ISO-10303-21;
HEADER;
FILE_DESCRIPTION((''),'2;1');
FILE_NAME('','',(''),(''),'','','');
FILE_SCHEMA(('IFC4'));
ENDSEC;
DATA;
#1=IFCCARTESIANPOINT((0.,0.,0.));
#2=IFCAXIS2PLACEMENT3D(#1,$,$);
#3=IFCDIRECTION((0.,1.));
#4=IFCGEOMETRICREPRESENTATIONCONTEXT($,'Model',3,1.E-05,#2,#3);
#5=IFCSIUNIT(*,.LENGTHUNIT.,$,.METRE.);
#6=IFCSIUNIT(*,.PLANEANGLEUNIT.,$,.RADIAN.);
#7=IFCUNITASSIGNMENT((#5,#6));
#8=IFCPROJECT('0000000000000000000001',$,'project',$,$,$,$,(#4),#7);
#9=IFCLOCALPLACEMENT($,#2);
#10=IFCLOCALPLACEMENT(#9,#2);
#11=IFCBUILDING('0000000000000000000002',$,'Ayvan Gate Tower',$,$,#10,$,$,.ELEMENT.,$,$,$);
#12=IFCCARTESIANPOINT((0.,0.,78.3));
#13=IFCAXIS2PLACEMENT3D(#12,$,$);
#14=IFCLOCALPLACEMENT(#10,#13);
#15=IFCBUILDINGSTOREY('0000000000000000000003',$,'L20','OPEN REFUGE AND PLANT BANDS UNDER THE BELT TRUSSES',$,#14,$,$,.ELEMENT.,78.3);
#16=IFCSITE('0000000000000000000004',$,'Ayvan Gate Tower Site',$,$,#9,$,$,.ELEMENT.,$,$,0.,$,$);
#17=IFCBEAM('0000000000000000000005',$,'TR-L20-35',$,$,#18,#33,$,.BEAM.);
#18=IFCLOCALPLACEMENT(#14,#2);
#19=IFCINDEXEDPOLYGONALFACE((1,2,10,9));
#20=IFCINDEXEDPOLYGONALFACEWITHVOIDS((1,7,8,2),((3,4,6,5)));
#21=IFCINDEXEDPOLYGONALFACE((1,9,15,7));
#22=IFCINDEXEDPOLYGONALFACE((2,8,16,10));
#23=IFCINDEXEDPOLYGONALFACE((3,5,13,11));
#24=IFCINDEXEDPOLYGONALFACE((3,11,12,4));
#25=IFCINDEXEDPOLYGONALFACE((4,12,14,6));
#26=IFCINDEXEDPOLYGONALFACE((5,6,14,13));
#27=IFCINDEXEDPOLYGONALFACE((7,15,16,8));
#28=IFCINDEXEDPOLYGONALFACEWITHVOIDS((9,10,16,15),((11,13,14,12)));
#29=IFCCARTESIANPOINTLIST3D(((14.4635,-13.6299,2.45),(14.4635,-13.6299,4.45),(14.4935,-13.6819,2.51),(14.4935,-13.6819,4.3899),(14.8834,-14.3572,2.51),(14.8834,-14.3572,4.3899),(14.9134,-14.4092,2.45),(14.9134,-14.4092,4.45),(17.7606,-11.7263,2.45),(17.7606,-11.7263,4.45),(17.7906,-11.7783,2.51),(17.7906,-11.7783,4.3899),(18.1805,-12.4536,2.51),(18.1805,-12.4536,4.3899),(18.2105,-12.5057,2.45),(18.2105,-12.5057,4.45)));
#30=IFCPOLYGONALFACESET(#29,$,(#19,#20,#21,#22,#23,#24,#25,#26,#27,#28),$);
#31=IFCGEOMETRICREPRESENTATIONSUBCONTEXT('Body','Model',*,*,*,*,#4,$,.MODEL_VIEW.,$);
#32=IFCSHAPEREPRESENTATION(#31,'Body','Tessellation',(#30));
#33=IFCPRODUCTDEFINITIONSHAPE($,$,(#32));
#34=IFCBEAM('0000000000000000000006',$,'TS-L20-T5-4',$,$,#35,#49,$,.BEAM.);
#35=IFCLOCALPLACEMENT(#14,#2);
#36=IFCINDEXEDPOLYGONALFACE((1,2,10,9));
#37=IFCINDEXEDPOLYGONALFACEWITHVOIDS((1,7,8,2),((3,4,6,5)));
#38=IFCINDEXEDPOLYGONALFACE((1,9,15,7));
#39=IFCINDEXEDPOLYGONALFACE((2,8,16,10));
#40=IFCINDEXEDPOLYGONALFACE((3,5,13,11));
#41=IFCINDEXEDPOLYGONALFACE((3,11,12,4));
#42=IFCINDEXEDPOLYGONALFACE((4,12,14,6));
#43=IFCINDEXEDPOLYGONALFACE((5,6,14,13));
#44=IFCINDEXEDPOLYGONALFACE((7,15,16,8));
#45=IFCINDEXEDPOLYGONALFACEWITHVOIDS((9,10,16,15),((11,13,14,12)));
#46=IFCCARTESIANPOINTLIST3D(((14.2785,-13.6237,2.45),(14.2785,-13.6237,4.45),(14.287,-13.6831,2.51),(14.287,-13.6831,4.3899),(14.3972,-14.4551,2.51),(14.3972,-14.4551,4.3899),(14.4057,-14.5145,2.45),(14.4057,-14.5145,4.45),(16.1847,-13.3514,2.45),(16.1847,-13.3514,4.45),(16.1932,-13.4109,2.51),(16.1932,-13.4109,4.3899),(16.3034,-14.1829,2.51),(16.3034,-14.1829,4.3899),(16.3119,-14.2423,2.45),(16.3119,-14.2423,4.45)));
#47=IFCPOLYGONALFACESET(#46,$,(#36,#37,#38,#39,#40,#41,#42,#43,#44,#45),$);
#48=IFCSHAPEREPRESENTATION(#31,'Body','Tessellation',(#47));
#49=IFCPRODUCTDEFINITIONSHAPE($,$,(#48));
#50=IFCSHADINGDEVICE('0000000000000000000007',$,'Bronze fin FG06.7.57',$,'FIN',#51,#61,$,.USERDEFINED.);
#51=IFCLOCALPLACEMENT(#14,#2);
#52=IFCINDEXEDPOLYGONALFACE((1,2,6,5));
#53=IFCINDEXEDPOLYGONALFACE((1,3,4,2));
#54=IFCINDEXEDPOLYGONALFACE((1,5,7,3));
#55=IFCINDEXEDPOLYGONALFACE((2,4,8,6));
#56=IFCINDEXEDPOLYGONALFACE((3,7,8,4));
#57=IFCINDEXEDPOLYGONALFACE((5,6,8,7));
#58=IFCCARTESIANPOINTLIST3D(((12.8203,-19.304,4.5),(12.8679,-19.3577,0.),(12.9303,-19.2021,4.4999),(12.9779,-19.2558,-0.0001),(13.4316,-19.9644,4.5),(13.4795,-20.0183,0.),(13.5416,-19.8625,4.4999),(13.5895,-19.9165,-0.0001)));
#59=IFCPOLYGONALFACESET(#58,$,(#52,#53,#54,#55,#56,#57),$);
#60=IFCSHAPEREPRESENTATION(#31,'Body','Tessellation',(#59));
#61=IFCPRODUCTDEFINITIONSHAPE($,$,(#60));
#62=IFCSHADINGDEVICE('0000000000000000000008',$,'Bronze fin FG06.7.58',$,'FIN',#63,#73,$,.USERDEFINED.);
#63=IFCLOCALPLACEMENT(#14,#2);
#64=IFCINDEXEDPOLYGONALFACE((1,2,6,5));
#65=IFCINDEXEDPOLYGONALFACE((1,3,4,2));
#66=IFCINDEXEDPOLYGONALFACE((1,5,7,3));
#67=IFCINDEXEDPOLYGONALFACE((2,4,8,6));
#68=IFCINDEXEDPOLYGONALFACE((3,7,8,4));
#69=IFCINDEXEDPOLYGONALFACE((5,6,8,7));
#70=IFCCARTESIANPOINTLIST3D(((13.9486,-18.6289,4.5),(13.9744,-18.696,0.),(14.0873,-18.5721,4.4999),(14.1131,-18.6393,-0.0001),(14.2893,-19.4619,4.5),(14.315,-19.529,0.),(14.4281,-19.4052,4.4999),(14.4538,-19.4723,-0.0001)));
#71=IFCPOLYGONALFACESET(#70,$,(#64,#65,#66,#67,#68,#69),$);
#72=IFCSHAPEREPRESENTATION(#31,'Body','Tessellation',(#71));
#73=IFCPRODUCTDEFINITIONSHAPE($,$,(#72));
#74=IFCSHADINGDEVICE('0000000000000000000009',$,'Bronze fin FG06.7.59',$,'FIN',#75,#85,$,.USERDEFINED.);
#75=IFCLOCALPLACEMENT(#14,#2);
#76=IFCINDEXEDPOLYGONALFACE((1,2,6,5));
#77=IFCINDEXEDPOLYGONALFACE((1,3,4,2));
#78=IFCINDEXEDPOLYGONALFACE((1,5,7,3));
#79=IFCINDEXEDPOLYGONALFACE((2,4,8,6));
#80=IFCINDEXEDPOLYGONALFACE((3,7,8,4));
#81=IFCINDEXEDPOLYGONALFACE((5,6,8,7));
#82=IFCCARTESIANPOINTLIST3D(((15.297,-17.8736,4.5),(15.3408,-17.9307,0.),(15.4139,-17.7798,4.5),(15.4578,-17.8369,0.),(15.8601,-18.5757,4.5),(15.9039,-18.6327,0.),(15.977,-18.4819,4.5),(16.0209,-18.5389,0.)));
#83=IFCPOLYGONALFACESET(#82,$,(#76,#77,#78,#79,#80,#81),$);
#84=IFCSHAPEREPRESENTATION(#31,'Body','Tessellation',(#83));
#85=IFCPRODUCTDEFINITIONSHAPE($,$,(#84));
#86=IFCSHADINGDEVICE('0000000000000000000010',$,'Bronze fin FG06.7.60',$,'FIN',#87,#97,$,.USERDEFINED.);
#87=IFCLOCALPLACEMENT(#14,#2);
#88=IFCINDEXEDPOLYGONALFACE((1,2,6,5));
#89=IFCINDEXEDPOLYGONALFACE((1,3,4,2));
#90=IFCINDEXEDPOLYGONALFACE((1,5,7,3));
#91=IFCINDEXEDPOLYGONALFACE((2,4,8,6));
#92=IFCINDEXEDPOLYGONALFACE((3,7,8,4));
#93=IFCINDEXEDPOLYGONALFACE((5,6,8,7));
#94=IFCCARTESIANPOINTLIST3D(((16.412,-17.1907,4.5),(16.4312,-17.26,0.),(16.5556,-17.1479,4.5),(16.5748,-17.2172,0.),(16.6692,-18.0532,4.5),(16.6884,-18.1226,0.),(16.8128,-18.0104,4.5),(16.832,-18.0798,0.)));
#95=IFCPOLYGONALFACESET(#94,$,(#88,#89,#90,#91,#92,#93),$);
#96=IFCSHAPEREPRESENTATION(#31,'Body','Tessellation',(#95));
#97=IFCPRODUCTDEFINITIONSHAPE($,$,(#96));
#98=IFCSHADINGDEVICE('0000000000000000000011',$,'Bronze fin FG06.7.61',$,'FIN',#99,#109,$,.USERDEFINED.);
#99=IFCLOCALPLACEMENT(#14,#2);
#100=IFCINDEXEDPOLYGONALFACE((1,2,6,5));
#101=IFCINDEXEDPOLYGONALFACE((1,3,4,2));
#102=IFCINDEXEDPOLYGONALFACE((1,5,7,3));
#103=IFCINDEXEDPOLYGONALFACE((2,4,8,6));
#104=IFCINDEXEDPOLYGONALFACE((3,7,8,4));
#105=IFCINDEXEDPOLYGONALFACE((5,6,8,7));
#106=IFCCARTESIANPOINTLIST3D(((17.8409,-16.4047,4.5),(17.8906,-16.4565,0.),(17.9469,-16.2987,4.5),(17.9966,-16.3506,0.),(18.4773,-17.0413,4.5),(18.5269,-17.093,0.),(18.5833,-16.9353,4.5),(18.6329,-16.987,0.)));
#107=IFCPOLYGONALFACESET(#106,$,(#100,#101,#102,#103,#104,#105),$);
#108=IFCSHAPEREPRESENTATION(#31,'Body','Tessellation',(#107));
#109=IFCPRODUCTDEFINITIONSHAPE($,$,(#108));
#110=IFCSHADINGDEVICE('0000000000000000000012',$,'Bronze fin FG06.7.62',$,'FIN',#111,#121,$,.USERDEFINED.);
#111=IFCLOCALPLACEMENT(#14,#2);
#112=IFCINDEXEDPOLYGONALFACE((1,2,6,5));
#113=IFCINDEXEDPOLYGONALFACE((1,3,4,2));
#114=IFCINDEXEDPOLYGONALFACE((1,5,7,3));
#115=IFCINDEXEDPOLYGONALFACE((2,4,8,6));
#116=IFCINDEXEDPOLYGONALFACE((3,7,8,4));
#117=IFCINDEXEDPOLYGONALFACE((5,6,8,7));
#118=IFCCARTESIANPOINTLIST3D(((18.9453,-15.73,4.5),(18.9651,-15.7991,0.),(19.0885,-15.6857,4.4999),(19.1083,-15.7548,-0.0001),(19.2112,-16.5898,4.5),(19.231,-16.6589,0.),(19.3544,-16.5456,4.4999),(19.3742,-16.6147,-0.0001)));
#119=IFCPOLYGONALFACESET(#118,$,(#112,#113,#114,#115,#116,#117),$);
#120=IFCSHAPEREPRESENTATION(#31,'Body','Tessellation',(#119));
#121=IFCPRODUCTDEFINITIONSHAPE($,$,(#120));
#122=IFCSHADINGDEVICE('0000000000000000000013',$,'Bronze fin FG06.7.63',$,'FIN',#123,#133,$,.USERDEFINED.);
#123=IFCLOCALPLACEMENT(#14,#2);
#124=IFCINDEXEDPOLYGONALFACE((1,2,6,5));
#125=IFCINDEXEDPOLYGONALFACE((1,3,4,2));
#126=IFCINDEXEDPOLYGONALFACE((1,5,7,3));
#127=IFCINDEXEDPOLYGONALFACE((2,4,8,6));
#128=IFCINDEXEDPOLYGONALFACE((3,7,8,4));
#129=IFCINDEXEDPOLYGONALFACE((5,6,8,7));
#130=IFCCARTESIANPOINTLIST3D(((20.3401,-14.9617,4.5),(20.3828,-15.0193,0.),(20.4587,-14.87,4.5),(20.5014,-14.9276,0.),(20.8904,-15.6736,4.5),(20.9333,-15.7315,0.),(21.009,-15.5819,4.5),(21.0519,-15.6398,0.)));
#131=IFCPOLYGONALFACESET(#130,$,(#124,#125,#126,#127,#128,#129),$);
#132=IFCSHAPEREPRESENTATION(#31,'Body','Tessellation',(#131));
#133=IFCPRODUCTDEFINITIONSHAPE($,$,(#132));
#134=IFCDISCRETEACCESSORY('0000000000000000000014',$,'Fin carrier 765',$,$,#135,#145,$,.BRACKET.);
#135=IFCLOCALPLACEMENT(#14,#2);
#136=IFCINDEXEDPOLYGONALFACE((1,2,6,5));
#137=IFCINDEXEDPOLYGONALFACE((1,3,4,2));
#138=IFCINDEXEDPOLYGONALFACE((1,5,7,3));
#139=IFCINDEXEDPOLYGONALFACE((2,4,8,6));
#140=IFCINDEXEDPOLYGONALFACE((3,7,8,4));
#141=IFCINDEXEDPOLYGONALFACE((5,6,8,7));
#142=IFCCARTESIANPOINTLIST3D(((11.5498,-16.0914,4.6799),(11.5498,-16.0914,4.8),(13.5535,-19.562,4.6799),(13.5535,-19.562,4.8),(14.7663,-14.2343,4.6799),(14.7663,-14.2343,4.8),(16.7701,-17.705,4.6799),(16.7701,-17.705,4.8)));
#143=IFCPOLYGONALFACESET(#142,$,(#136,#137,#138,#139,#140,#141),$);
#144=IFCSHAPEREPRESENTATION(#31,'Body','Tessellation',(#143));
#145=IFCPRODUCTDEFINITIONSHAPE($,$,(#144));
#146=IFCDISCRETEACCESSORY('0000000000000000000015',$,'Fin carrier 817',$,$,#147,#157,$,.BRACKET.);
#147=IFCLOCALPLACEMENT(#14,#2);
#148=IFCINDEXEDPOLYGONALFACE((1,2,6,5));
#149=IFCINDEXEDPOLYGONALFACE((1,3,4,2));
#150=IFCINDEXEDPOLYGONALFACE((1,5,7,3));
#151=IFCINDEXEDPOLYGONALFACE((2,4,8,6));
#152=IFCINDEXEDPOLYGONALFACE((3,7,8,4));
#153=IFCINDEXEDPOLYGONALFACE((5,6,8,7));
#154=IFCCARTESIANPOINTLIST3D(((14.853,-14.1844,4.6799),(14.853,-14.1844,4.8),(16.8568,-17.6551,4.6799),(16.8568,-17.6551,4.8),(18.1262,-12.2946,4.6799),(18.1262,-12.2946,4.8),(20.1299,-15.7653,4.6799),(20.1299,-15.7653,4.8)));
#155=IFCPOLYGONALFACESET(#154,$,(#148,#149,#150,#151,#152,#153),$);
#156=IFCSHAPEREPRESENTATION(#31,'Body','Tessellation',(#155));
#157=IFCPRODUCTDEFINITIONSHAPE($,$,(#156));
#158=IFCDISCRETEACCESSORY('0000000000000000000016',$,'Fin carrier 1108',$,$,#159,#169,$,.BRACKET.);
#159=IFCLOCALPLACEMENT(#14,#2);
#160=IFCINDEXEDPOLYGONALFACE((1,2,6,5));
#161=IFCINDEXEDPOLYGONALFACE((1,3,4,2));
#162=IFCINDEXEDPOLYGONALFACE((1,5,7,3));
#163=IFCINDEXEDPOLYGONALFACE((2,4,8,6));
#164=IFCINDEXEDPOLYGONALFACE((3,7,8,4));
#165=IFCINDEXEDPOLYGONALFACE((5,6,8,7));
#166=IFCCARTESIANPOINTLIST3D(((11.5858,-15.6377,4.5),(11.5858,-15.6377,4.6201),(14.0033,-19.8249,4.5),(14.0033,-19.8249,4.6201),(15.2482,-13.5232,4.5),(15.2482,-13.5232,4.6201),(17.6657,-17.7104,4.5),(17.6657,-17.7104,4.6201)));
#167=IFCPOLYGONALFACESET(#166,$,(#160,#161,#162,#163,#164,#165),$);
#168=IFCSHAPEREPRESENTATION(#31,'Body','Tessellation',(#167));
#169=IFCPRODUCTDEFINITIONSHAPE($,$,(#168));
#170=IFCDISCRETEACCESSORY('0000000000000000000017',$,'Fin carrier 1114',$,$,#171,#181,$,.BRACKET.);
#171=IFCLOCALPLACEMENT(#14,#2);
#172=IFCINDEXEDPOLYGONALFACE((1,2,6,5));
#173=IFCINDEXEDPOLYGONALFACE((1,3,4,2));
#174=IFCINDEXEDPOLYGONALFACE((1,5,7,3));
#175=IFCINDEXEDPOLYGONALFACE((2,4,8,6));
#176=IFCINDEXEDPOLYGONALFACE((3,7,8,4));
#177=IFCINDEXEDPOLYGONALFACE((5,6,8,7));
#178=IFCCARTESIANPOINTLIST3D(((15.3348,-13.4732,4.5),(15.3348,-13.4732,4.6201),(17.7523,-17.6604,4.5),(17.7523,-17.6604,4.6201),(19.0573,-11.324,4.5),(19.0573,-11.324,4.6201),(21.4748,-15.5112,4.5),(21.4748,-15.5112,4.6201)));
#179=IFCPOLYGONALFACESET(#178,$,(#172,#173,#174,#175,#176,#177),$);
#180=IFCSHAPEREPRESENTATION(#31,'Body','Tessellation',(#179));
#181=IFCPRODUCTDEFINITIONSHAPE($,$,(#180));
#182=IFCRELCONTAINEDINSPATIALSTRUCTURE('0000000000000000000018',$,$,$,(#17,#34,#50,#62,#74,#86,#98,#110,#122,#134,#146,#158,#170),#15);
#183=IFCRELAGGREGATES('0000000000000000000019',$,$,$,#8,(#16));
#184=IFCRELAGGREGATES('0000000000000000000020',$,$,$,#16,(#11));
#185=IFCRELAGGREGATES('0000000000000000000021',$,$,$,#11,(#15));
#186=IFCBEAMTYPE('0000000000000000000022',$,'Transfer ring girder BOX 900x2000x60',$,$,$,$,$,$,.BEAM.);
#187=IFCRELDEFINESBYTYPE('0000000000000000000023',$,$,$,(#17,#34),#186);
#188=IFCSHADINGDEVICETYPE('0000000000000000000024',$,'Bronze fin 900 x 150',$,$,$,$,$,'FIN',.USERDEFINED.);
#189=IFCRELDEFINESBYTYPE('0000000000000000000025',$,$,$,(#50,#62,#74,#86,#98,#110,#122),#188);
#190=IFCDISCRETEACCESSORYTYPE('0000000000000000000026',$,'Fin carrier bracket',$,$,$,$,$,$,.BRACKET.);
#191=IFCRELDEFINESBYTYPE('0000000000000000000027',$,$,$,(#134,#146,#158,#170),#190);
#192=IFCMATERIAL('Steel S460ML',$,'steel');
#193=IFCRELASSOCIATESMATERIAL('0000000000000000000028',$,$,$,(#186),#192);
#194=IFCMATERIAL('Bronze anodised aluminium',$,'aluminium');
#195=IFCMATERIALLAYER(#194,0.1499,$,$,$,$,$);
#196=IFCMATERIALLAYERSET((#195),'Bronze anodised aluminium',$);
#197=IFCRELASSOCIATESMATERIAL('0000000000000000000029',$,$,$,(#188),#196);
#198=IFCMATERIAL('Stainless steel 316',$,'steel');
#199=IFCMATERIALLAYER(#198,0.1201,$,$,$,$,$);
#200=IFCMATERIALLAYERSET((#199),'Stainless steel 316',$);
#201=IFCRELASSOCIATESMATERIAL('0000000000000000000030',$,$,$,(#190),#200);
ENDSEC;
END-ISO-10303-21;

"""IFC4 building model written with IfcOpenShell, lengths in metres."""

from ifc_helpers import new_model, si_unit, direction, frame, origin, origin_2d, place, context, subcontext, project, spatial, polyline, rectangle, hollow_rectangle, outline, extrude, material, layer, layer_set, material_profile, profile_set, type_object, element, save


model = new_model("IFC4")

# Units and contexts
model_context = context("Model", 3, precision=1e-05, world=origin(), true_north=direction((0.0, 1.0)))
body_context = subcontext(model_context, "Body", "Model", "MODEL_VIEW")
ifc_project = project(units=[si_unit("LENGTHUNIT", "METRE"), si_unit("PLANEANGLEUNIT", "RADIAN")], contexts=[model_context])

# Site, building, storey
site_placement = place(None, origin())
site = spatial("IfcSite", under=ifc_project, at=site_placement, Name="Ayvan Gate Tower Site", CompositionType="ELEMENT", RefElevation=0.0)
building_placement = place(site_placement, origin())
building = spatial("IfcBuilding", under=site, at=building_placement, Name="Ayvan Gate Tower", CompositionType="ELEMENT")
storey_placement = place(building_placement, frame((0.0, 0.0, 78.3)))
storey = spatial("IfcBuildingStorey", under=building, at=storey_placement, Name="L20", Description="OPEN REFUGE AND PLANT BANDS UNDER THE BELT TRUSSES", CompositionType="ELEMENT", Elevation=78.3)

# Shared definitions
ifc_material_1 = material(Name="Steel S460ML", Category="steel")

# Beams
ifc_material_profile_1 = material_profile(ifc_material_1, hollow_rectangle(XDim=0.8999, YDim=2.0, WallThickness=0.0601, at=origin_2d()), Name="BOX 900x2000x60")
ifc_profile_set_1 = profile_set([ifc_material_profile_1], Name="Steel S460ML")
beam_type_1 = type_object("IfcBeamType", Name="Transfer ring girder BOX 900x2000x60", PredefinedType="BEAM", material=ifc_profile_set_1)
beam_1_placement = place(storey_placement, frame((14.6885, -14.0195, 3.45), z_axis=(0.866029, 0.499994, 0.0), x_axis=(-0.499994, 0.866029, 0.0)))
element("IfcBeam", 1, at=beam_1_placement, inside=storey, type_object=beam_type_1, Name="TR-L20-35", PredefinedType="BEAM", context=body_context, shape_type="SweptSolid", body=[
    extrude(hollow_rectangle(XDim=0.8999, YDim=2.0, WallThickness=0.0601, at=origin_2d()), origin(), (0.0, 0.0, 1.0), 3.8071),
])
beam_2_placement = place(storey_placement, frame((16.2483, -13.7969, 3.45), z_axis=(-0.989957, -0.141368, 0.0), x_axis=(0.141368, -0.989957, 0.0)))
element("IfcBeam", 2, at=beam_2_placement, inside=storey, type_object=beam_type_1, Name="TS-L20-T5-4", PredefinedType="BEAM", context=body_context, shape_type="SweptSolid", body=[
    extrude(hollow_rectangle(XDim=0.8999, YDim=2.0, WallThickness=0.0601, at=origin_2d()), origin(), (0.0, 0.0, 1.0), 1.9255),
])

# Shading devices
ifc_material_2 = material(Name="Bronze anodised aluminium", Category="aluminium")
ifc_layer_1 = layer(ifc_material_2, 0.1499)
ifc_layer_set_1 = layer_set([ifc_layer_1], Name="Bronze anodised aluminium")
shading_device_type = type_object("IfcShadingDeviceType", Name="Bronze fin 900 x 150", ElementType="FIN", PredefinedType="USERDEFINED", material=ifc_layer_set_1)
shading_device_1_placement = place(storey_placement, frame((12.8679, -19.3577, 0.0), z_axis=(-0.733841, -0.679321, 0.000343), x_axis=(0.679321, -0.733841, 0.0)))
element("IfcShadingDevice", 3, at=shading_device_1_placement, inside=storey, type_object=shading_device_type, Name="Bronze fin FG06.7.57", ObjectType="FIN", PredefinedType="USERDEFINED", context=body_context, shape_type="SweptSolid", body=[
    extrude(outline(polyline([(0.0, 0.0), (0.9003, 0.0), (0.8282, 4.5), (-0.0718, 4.5), (0.0, 0.0)])), origin(), (0.0, 0.0, -1.0), 0.1499),
])
shading_device_2_placement = place(storey_placement, frame((13.9744, -18.696, 0.0), z_axis=(-0.925577, -0.378559, 0.00035), x_axis=(0.378559, -0.925577, 0.0)))
element("IfcShadingDevice", 4, at=shading_device_2_placement, inside=storey, type_object=shading_device_type, Name="Bronze fin FG06.7.58", ObjectType="FIN", PredefinedType="USERDEFINED", context=body_context, shape_type="SweptSolid", body=[
    extrude(outline(polyline([(0.0, 0.0), (0.8999, 0.0), (0.8281, 4.5), (-0.0719, 4.5), (0.0, 0.0)])), origin(), (0.0, 0.0, -1.0), 0.1499),
])
shading_device_3_placement = place(storey_placement, frame((15.3408, -17.9307, 0.0), z_axis=(-0.780061, -0.625704, 0.00033), x_axis=(0.625704, -0.780061, 0.0)))
element("IfcShadingDevice", 5, at=shading_device_3_placement, inside=storey, type_object=shading_device_type, Name="Bronze fin FG06.7.59", ObjectType="FIN", PredefinedType="USERDEFINED", context=body_context, shape_type="SweptSolid", body=[
    extrude(outline(polyline([(0.0, 0.0), (0.8999, 0.0), (0.8281, 4.5), (-0.0719, 4.5), (0.0, 0.0)])), origin(), (0.0, 0.0, -1.0), 0.1499),
])
shading_device_4_placement = place(storey_placement, frame((16.4312, -17.26, 0.0), z_axis=(-0.958303, -0.285755, 0.000322), x_axis=(0.285755, -0.958303, 0.0)))
element("IfcShadingDevice", 6, at=shading_device_4_placement, inside=storey, type_object=shading_device_type, Name="Bronze fin FG06.7.60", ObjectType="FIN", PredefinedType="USERDEFINED", context=body_context, shape_type="SweptSolid", body=[
    extrude(outline(polyline([(0.0, 0.0), (0.9001, 0.0), (0.8282, 4.5), (-0.0719, 4.5), (0.0, 0.0)])), origin(), (0.0, 0.0, -1.0), 0.1499),
])
shading_device_5_placement = place(storey_placement, frame((17.8906, -16.4565, 0.0), z_axis=(-0.707175, -0.707039, 0.000325), x_axis=(0.707039, -0.707175, 0.0)))
element("IfcShadingDevice", 7, at=shading_device_5_placement, inside=storey, type_object=shading_device_type, Name="Bronze fin FG06.7.61", ObjectType="FIN", PredefinedType="USERDEFINED", context=body_context, shape_type="SweptSolid", body=[
    extrude(outline(polyline([(0.0, 0.0), (0.8999, 0.0), (0.8283, 4.5), (-0.0718, 4.5), (0.0, 0.0)])), origin(), (0.0, 0.0, -1.0), 0.1499),
])
shading_device_6_placement = place(storey_placement, frame((18.9651, -15.7991, 0.0), z_axis=(-0.955373, -0.295401, 0.000337), x_axis=(0.295401, -0.955373, 0.0)))
element("IfcShadingDevice", 8, at=shading_device_6_placement, inside=storey, type_object=shading_device_type, Name="Bronze fin FG06.7.62", ObjectType="FIN", PredefinedType="USERDEFINED", context=body_context, shape_type="SweptSolid", body=[
    extrude(outline(polyline([(0.0, 0.0), (0.9, 0.0), (0.8282, 4.5), (-0.0719, 4.5), (0.0, 0.0)])), origin(), (0.0, 0.0, -1.0), 0.1499),
])
shading_device_7_placement = place(storey_placement, frame((20.3828, -15.0193, 0.0), z_axis=(-0.791175, -0.61159, 0.000314), x_axis=(0.61159, -0.791175, 0.0)))
element("IfcShadingDevice", 9, at=shading_device_7_placement, inside=storey, type_object=shading_device_type, Name="Bronze fin FG06.7.63", ObjectType="FIN", PredefinedType="USERDEFINED", context=body_context, shape_type="SweptSolid", body=[
    extrude(outline(polyline([(0.0, 0.0), (0.9001, 0.0), (0.8281, 4.5), (-0.0717, 4.5), (0.0, 0.0)])), origin(), (0.0, 0.0, -1.0), 0.1499),
])

# Discrete accessories
ifc_material_3 = material(Name="Stainless steel 316", Category="steel")
ifc_layer_2 = layer(ifc_material_3, 0.1201)
ifc_layer_set_2 = layer_set([ifc_layer_2], Name="Stainless steel 316")
discrete_accessory_type_1 = type_object("IfcDiscreteAccessoryType", Name="Fin carrier bracket", PredefinedType="BRACKET", material=ifc_layer_set_2)
discrete_accessory_1_placement = place(storey_placement, frame((14.1599, -16.8982, 4.6799), z_axis=(0.0, 0.0, 1.0), x_axis=(0.866025, 0.5, 0.0)))
element("IfcDiscreteAccessory", 10, at=discrete_accessory_1_placement, inside=storey, type_object=discrete_accessory_type_1, Name="Fin carrier 765", PredefinedType="BRACKET", context=body_context, shape_type="SweptSolid", body=[
    extrude(rectangle(XDim=3.7141, YDim=4.0076, at=origin_2d()), origin(), (0.0, 0.0, 1.0), 0.1201),
])
discrete_accessory_2_placement = place(storey_placement, frame((17.4915, -14.9749, 4.6799), z_axis=(0.0, 0.0, 1.0), x_axis=(0.866025, 0.5, 0.0)))
element("IfcDiscreteAccessory", 11, at=discrete_accessory_2_placement, inside=storey, type_object=discrete_accessory_type_1, Name="Fin carrier 817", PredefinedType="BRACKET", context=body_context, shape_type="SweptSolid", body=[
    extrude(rectangle(XDim=3.7795, YDim=4.0076, at=origin_2d()), origin(), (0.0, 0.0, 1.0), 0.1201),
])
discrete_accessory_3_placement = place(storey_placement, frame((14.6257, -16.6741, 4.5), z_axis=(0.0, 0.0, 1.0), x_axis=(0.866025, 0.5, 0.0)))
element("IfcDiscreteAccessory", 12, at=discrete_accessory_3_placement, inside=storey, type_object=discrete_accessory_type_1, Name="Fin carrier 1108", PredefinedType="BRACKET", context=body_context, shape_type="SweptSolid", body=[
    extrude(rectangle(XDim=4.229, YDim=4.835, at=origin_2d()), origin(), (0.0, 0.0, 1.0), 0.1201),
])
discrete_accessory_4_placement = place(storey_placement, frame((18.4048, -14.4922, 4.5), z_axis=(0.0, 0.0, 1.0), x_axis=(0.866025, 0.5, 0.0)))
element("IfcDiscreteAccessory", 13, at=discrete_accessory_4_placement, inside=storey, type_object=discrete_accessory_type_1, Name="Fin carrier 1114", PredefinedType="BRACKET", context=body_context, shape_type="SweptSolid", body=[
    extrude(rectangle(XDim=4.2983, YDim=4.835, at=origin_2d()), origin(), (0.0, 0.0, 1.0), 0.1201),
])

save(model, "model.ifc")
